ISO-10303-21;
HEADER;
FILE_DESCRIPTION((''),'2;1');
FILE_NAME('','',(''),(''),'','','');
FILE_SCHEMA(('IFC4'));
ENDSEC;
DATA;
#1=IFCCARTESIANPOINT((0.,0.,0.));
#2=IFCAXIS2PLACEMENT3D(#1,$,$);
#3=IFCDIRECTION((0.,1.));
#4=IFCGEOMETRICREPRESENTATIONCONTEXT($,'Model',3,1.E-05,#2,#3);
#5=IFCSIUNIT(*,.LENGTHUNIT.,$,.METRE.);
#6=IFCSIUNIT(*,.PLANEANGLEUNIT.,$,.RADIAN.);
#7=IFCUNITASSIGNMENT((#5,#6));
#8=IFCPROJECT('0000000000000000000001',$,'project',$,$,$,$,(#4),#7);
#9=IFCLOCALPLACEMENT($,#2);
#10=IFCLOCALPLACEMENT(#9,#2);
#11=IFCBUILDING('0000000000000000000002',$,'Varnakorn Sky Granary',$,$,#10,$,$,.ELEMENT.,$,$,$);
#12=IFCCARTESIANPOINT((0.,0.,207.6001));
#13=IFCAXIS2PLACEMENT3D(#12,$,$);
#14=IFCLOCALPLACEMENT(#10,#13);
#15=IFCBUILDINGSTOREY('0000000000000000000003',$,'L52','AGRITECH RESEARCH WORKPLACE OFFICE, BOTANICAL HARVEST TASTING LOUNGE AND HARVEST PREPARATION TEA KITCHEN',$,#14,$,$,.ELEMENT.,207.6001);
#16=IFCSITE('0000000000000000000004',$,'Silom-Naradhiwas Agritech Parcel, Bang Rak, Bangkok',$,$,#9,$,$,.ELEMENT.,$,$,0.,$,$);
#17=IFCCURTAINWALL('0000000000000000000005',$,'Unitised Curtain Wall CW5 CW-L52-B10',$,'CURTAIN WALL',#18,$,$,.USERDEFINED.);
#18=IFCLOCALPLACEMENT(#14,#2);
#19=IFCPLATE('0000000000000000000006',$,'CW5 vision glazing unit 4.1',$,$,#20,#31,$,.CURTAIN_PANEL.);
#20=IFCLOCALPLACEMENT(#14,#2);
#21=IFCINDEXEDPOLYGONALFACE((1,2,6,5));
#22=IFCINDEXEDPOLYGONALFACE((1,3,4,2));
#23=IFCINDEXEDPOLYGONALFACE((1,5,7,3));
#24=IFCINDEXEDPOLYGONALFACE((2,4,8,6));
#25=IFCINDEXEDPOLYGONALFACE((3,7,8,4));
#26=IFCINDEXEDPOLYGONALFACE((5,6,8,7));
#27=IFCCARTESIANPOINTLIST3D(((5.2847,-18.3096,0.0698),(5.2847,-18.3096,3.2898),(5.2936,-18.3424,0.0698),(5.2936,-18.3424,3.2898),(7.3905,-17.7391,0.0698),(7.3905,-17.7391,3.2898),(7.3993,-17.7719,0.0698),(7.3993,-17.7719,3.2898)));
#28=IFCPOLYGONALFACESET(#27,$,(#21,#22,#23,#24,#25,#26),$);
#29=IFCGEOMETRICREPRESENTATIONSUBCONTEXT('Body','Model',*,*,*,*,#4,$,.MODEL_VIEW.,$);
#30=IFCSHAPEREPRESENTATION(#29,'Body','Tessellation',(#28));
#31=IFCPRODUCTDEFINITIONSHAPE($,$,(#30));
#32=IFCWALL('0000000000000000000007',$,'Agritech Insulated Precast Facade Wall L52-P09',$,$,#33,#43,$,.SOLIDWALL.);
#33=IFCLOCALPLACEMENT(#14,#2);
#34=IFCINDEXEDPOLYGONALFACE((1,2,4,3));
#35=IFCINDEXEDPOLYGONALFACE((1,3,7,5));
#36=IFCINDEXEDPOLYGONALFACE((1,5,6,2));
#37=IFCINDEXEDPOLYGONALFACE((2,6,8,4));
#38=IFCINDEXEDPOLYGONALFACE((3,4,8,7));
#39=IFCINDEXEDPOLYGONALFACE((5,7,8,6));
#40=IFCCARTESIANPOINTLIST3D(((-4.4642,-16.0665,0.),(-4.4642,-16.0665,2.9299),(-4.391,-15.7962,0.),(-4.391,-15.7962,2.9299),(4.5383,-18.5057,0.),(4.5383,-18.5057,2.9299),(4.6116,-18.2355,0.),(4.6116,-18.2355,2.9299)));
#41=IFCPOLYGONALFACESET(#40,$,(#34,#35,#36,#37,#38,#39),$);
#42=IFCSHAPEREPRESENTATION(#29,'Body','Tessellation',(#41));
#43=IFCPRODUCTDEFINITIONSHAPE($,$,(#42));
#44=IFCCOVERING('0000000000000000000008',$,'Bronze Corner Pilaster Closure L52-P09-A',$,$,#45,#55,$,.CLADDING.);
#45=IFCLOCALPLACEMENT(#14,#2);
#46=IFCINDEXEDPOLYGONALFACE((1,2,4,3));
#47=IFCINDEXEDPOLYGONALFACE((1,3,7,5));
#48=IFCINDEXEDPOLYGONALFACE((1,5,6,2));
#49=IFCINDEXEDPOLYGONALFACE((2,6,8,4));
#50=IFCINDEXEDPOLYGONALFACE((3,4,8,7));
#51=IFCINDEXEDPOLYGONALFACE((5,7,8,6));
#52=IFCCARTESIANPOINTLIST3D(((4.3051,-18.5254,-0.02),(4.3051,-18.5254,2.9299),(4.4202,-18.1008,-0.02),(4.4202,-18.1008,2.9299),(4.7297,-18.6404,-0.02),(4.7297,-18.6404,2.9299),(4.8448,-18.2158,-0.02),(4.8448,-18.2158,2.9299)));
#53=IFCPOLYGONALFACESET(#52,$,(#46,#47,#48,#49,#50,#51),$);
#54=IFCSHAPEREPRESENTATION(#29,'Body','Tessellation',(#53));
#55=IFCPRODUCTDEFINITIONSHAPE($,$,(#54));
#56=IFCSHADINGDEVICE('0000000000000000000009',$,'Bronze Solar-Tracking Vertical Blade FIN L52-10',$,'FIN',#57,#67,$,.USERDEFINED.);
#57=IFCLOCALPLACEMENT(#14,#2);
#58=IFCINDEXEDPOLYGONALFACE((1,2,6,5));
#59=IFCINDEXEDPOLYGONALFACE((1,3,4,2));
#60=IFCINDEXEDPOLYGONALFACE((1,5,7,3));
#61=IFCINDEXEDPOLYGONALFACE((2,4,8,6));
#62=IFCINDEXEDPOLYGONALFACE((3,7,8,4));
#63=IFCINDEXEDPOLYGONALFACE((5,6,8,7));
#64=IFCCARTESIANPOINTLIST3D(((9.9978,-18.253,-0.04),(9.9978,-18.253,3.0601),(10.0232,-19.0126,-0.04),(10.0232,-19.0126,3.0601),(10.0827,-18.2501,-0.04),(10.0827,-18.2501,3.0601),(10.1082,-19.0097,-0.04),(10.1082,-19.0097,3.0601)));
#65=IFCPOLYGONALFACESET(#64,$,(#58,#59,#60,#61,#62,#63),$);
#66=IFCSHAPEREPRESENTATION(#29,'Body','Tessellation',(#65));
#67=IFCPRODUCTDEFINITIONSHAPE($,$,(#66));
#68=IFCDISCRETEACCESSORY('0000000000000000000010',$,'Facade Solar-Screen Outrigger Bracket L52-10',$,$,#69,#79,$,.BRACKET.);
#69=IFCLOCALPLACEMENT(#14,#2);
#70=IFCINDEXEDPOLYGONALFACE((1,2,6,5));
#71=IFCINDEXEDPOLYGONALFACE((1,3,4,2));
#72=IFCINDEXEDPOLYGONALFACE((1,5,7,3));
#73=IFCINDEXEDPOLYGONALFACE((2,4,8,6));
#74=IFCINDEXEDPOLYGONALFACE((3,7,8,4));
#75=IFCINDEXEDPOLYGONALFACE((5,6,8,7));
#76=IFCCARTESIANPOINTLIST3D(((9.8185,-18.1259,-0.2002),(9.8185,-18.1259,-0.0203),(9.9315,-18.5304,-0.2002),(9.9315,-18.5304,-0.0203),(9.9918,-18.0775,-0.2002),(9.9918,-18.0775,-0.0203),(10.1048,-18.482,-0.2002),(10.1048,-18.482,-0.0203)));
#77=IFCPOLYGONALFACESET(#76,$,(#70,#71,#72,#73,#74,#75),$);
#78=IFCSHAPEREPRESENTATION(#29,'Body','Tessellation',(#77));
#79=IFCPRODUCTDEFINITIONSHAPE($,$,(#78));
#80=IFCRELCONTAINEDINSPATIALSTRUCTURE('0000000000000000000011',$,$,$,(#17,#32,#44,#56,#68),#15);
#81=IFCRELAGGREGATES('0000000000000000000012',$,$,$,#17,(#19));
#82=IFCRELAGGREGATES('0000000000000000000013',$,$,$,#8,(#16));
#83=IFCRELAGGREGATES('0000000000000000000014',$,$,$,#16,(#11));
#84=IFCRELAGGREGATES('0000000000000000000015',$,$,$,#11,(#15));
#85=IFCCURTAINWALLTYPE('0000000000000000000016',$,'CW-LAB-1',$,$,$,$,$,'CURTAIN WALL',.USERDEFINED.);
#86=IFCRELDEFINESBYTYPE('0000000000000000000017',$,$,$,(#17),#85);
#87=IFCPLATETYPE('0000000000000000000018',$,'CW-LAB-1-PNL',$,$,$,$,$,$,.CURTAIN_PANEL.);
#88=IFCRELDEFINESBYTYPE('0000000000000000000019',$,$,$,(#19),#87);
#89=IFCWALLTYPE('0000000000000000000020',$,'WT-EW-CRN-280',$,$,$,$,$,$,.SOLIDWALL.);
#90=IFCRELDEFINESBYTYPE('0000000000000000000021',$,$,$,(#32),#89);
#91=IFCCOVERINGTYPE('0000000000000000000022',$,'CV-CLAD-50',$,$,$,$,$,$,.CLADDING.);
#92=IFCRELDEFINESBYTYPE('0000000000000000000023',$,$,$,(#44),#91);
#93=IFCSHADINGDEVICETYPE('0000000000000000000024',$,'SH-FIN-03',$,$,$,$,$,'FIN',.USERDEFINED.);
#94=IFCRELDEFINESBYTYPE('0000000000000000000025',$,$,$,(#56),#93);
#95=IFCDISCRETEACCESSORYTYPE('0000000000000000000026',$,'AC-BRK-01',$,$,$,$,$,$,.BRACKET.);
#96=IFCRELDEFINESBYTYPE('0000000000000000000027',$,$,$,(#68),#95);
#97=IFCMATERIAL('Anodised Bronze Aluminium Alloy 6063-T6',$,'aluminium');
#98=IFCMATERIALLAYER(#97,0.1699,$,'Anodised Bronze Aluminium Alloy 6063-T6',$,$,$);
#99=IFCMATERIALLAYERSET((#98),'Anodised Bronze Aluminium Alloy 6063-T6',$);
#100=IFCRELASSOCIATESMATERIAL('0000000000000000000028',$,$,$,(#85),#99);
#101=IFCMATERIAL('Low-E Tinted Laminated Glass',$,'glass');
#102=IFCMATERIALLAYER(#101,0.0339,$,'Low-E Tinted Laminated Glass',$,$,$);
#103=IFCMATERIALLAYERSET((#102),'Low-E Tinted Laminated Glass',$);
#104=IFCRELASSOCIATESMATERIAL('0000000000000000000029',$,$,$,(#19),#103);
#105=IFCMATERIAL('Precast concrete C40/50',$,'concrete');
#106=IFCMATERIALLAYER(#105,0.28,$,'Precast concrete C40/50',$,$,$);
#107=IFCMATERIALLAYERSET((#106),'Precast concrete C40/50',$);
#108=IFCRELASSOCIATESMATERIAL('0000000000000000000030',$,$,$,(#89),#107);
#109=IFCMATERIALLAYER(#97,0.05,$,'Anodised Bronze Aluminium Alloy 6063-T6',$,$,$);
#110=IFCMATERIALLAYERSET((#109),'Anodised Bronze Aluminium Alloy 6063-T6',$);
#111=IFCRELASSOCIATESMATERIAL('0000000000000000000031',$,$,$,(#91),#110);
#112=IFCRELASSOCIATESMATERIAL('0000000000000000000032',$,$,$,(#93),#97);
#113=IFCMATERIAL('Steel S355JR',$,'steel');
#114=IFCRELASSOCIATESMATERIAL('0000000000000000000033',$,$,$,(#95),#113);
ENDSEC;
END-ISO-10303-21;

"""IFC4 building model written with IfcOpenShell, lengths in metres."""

from ifc_helpers import new_model, si_unit, direction, frame, frame_2d, origin, origin_2d, place, context, subcontext, project, spatial, rectangle, extrude, source, transform, mapped, material, layer, layer_set, type_object, type_shapes, element, aggregate, save


model = new_model("IFC4")

# Units and contexts
model_context = context("Model", 3, precision=1e-05, world=origin(), true_north=direction((0.0, 1.0)))
body_context = subcontext(model_context, "Body", "Model", "MODEL_VIEW")
ifc_project = project(units=[si_unit("LENGTHUNIT", "METRE"), si_unit("PLANEANGLEUNIT", "RADIAN")], contexts=[model_context])

# Site, building, storey
site_placement = place(None, origin())
site = spatial("IfcSite", under=ifc_project, at=site_placement, Name="Silom-Naradhiwas Agritech Parcel, Bang Rak, Bangkok", CompositionType="ELEMENT", RefElevation=0.0)
building_placement = place(site_placement, origin())
building = spatial("IfcBuilding", under=site, at=building_placement, Name="Varnakorn Sky Granary", CompositionType="ELEMENT")
storey_placement = place(building_placement, frame((0.0, 0.0, 207.6001)))
storey = spatial("IfcBuildingStorey", under=building, at=storey_placement, Name="L52", Description="AGRITECH RESEARCH WORKPLACE OFFICE, BOTANICAL HARVEST TASTING LOUNGE AND HARVEST PREPARATION TEA KITCHEN", CompositionType="ELEMENT", Elevation=207.6001)

# Shared definitions
ifc_material_1 = material(Name="Steel S355JR", Category="steel")

# Curtain wall
ifc_material_2 = material(Name="Anodised Bronze Aluminium Alloy 6063-T6", Category="aluminium")
ifc_layer_1 = layer(ifc_material_2, 0.1699, Name="Anodised Bronze Aluminium Alloy 6063-T6")
ifc_layer_set_1 = layer_set([ifc_layer_1], Name="Anodised Bronze Aluminium Alloy 6063-T6")
curtain_wall_type = type_object("IfcCurtainWallType", Name="CW-LAB-1", ElementType="CURTAIN WALL", PredefinedType="USERDEFINED", material=ifc_layer_set_1)
curtain_wall_placement = place(storey_placement, origin())
curtain_wall = element("IfcCurtainWall", 1, at=curtain_wall_placement, inside=storey, type_object=curtain_wall_type, Name="Unitised Curtain Wall CW5 CW-L52-B10", ObjectType="CURTAIN WALL", PredefinedType="USERDEFINED")

# Plate
plate_type = type_object("IfcPlateType", Name="CW-LAB-1-PNL", PredefinedType="CURTAIN_PANEL")
ifc_material_3 = material(Name="Low-E Tinted Laminated Glass", Category="glass")
ifc_layer_2 = layer(ifc_material_3, 0.0339, Name="Low-E Tinted Laminated Glass")
ifc_layer_set_2 = layer_set([ifc_layer_2], Name="Low-E Tinted Laminated Glass")
shared_shape_1 = source(origin(), body_context, "Body", "SweptSolid", [
    extrude(rectangle(XDim=2.1816, YDim=0.0339, at=origin_2d()), origin(), (0.0, 0.0, 1.0), 3.22),
])
plate_1_placement = place(storey_placement, frame((6.342, -18.0408, 0.0698), z_axis=(0.0, 0.0, 1.0), x_axis=(-0.965203, -0.261502, 0.0)))
plate_1 = element("IfcPlate", 2, at=plate_1_placement, type_object=plate_type, material=ifc_layer_set_2, Name="CW5 vision glazing unit 4.1", PredefinedType="CURTAIN_PANEL", context=body_context, shape_type="MappedRepresentation", body=[
    mapped(shared_shape_1, transform((0.0, 0.0, 0.0), x_axis=(1.0, 0.0, 0.0), y_axis=(0.0, 1.0, 0.0), z_axis=(0.0, 0.0, 1.0), scale=1.0)),
])
aggregate(curtain_wall, [plate_1])

# Wall
ifc_material_4 = material(Name="Precast concrete C40/50", Category="concrete")
ifc_layer_3 = layer(ifc_material_4, 0.28, Name="Precast concrete C40/50")
ifc_layer_set_3 = layer_set([ifc_layer_3], Name="Precast concrete C40/50")
wall_type = type_object("IfcWallType", Name="WT-EW-CRN-280", PredefinedType="SOLIDWALL", material=ifc_layer_set_3)
wall_placement = place(storey_placement, frame((4.575, -18.3706, 0.0), z_axis=(0.0, 0.0, 1.0), x_axis=(-0.965198, 0.26152, 0.0)))
element("IfcWall", 3, at=wall_placement, inside=storey, type_object=wall_type, Name="Agritech Insulated Precast Facade Wall L52-P09", PredefinedType="SOLIDWALL", context=body_context, shape_type="SweptSolid", body=[
    extrude(rectangle(XDim=9.3271, YDim=0.28, at=frame_2d((4.6636, 0.0))), origin(), (0.0, 0.0, 1.0), 2.9299),
])

# Covering
ifc_layer_4 = layer(ifc_material_2, 0.05, Name="Anodised Bronze Aluminium Alloy 6063-T6")
ifc_layer_set_4 = layer_set([ifc_layer_4], Name="Anodised Bronze Aluminium Alloy 6063-T6")
covering_type = type_object("IfcCoveringType", Name="CV-CLAD-50", PredefinedType="CLADDING", material=ifc_layer_set_4)
shared_shape_2 = source(origin(), body_context, "Body", "SweptSolid", [
    extrude(rectangle(XDim=0.4399, YDim=0.4399, at=origin_2d()), origin(), (0.0, 0.0, 1.0), 2.95),
])
type_shapes(covering_type, [shared_shape_2])
covering_placement = place(storey_placement, frame((4.575, -18.3706, -0.02), z_axis=(0.0, 0.0, 1.0), x_axis=(-0.965199, 0.261515, 0.0)))
element("IfcCovering", 4, at=covering_placement, inside=storey, type_object=covering_type, Name="Bronze Corner Pilaster Closure L52-P09-A", PredefinedType="CLADDING", context=body_context, shape_type="MappedRepresentation", body=[
    mapped(shared_shape_2, transform((0.0, 0.0, 0.0), x_axis=(1.0, 0.0, 0.0), y_axis=(0.0, 1.0, 0.0), z_axis=(0.0, 0.0, 1.0), scale=1.0)),
])

# Shading device
shading_device_type = type_object("IfcShadingDeviceType", Name="SH-FIN-03", ElementType="FIN", PredefinedType="USERDEFINED", material=ifc_material_2)
shared_shape_3 = source(origin(), body_context, "Body", "SweptSolid", [
    extrude(rectangle(XDim=0.085, YDim=0.76, at=origin_2d()), origin(), (0.0, 0.0, 1.0), 3.1001),
])
type_shapes(shading_device_type, [shared_shape_3])
shading_device_placement = place(storey_placement, frame((10.053, -18.6313, -0.04), z_axis=(0.0, 0.0, 1.0), x_axis=(0.99944, 0.033469, 0.0)))
element("IfcShadingDevice", 5, at=shading_device_placement, inside=storey, type_object=shading_device_type, Name="Bronze Solar-Tracking Vertical Blade FIN L52-10", ObjectType="FIN", PredefinedType="USERDEFINED", context=body_context, shape_type="MappedRepresentation", body=[
    mapped(shared_shape_3, transform((0.0, 0.0, 0.0), x_axis=(1.0, 0.0, 0.0), y_axis=(0.0, 1.0, 0.0), z_axis=(0.0, 0.0, 1.0), scale=1.0)),
])

# Discrete accessory
discrete_accessory_type = type_object("IfcDiscreteAccessoryType", Name="AC-BRK-01", PredefinedType="BRACKET", material=ifc_material_1)
shared_shape_4 = source(origin(), body_context, "Body", "SweptSolid", [
    extrude(rectangle(XDim=0.1799, YDim=0.4199, at=origin_2d()), origin(), (0.0, 0.0, 1.0), 0.1799),
])
type_shapes(discrete_accessory_type, [shared_shape_4])
discrete_accessory_placement = place(storey_placement, frame((9.9617, -18.304, -0.2002), z_axis=(0.0, 0.0, 1.0), x_axis=(0.963149, 0.268969, 0.0)))
element("IfcDiscreteAccessory", 6, at=discrete_accessory_placement, inside=storey, type_object=discrete_accessory_type, Name="Facade Solar-Screen Outrigger Bracket L52-10", PredefinedType="BRACKET", context=body_context, shape_type="MappedRepresentation", body=[
    mapped(shared_shape_4, transform((0.0, 0.0, 0.0), x_axis=(1.0, 0.0, 0.0), y_axis=(0.0, 1.0, 0.0), z_axis=(0.0, 0.0, 1.0), scale=1.0)),
])

save(model, "model.ifc")
